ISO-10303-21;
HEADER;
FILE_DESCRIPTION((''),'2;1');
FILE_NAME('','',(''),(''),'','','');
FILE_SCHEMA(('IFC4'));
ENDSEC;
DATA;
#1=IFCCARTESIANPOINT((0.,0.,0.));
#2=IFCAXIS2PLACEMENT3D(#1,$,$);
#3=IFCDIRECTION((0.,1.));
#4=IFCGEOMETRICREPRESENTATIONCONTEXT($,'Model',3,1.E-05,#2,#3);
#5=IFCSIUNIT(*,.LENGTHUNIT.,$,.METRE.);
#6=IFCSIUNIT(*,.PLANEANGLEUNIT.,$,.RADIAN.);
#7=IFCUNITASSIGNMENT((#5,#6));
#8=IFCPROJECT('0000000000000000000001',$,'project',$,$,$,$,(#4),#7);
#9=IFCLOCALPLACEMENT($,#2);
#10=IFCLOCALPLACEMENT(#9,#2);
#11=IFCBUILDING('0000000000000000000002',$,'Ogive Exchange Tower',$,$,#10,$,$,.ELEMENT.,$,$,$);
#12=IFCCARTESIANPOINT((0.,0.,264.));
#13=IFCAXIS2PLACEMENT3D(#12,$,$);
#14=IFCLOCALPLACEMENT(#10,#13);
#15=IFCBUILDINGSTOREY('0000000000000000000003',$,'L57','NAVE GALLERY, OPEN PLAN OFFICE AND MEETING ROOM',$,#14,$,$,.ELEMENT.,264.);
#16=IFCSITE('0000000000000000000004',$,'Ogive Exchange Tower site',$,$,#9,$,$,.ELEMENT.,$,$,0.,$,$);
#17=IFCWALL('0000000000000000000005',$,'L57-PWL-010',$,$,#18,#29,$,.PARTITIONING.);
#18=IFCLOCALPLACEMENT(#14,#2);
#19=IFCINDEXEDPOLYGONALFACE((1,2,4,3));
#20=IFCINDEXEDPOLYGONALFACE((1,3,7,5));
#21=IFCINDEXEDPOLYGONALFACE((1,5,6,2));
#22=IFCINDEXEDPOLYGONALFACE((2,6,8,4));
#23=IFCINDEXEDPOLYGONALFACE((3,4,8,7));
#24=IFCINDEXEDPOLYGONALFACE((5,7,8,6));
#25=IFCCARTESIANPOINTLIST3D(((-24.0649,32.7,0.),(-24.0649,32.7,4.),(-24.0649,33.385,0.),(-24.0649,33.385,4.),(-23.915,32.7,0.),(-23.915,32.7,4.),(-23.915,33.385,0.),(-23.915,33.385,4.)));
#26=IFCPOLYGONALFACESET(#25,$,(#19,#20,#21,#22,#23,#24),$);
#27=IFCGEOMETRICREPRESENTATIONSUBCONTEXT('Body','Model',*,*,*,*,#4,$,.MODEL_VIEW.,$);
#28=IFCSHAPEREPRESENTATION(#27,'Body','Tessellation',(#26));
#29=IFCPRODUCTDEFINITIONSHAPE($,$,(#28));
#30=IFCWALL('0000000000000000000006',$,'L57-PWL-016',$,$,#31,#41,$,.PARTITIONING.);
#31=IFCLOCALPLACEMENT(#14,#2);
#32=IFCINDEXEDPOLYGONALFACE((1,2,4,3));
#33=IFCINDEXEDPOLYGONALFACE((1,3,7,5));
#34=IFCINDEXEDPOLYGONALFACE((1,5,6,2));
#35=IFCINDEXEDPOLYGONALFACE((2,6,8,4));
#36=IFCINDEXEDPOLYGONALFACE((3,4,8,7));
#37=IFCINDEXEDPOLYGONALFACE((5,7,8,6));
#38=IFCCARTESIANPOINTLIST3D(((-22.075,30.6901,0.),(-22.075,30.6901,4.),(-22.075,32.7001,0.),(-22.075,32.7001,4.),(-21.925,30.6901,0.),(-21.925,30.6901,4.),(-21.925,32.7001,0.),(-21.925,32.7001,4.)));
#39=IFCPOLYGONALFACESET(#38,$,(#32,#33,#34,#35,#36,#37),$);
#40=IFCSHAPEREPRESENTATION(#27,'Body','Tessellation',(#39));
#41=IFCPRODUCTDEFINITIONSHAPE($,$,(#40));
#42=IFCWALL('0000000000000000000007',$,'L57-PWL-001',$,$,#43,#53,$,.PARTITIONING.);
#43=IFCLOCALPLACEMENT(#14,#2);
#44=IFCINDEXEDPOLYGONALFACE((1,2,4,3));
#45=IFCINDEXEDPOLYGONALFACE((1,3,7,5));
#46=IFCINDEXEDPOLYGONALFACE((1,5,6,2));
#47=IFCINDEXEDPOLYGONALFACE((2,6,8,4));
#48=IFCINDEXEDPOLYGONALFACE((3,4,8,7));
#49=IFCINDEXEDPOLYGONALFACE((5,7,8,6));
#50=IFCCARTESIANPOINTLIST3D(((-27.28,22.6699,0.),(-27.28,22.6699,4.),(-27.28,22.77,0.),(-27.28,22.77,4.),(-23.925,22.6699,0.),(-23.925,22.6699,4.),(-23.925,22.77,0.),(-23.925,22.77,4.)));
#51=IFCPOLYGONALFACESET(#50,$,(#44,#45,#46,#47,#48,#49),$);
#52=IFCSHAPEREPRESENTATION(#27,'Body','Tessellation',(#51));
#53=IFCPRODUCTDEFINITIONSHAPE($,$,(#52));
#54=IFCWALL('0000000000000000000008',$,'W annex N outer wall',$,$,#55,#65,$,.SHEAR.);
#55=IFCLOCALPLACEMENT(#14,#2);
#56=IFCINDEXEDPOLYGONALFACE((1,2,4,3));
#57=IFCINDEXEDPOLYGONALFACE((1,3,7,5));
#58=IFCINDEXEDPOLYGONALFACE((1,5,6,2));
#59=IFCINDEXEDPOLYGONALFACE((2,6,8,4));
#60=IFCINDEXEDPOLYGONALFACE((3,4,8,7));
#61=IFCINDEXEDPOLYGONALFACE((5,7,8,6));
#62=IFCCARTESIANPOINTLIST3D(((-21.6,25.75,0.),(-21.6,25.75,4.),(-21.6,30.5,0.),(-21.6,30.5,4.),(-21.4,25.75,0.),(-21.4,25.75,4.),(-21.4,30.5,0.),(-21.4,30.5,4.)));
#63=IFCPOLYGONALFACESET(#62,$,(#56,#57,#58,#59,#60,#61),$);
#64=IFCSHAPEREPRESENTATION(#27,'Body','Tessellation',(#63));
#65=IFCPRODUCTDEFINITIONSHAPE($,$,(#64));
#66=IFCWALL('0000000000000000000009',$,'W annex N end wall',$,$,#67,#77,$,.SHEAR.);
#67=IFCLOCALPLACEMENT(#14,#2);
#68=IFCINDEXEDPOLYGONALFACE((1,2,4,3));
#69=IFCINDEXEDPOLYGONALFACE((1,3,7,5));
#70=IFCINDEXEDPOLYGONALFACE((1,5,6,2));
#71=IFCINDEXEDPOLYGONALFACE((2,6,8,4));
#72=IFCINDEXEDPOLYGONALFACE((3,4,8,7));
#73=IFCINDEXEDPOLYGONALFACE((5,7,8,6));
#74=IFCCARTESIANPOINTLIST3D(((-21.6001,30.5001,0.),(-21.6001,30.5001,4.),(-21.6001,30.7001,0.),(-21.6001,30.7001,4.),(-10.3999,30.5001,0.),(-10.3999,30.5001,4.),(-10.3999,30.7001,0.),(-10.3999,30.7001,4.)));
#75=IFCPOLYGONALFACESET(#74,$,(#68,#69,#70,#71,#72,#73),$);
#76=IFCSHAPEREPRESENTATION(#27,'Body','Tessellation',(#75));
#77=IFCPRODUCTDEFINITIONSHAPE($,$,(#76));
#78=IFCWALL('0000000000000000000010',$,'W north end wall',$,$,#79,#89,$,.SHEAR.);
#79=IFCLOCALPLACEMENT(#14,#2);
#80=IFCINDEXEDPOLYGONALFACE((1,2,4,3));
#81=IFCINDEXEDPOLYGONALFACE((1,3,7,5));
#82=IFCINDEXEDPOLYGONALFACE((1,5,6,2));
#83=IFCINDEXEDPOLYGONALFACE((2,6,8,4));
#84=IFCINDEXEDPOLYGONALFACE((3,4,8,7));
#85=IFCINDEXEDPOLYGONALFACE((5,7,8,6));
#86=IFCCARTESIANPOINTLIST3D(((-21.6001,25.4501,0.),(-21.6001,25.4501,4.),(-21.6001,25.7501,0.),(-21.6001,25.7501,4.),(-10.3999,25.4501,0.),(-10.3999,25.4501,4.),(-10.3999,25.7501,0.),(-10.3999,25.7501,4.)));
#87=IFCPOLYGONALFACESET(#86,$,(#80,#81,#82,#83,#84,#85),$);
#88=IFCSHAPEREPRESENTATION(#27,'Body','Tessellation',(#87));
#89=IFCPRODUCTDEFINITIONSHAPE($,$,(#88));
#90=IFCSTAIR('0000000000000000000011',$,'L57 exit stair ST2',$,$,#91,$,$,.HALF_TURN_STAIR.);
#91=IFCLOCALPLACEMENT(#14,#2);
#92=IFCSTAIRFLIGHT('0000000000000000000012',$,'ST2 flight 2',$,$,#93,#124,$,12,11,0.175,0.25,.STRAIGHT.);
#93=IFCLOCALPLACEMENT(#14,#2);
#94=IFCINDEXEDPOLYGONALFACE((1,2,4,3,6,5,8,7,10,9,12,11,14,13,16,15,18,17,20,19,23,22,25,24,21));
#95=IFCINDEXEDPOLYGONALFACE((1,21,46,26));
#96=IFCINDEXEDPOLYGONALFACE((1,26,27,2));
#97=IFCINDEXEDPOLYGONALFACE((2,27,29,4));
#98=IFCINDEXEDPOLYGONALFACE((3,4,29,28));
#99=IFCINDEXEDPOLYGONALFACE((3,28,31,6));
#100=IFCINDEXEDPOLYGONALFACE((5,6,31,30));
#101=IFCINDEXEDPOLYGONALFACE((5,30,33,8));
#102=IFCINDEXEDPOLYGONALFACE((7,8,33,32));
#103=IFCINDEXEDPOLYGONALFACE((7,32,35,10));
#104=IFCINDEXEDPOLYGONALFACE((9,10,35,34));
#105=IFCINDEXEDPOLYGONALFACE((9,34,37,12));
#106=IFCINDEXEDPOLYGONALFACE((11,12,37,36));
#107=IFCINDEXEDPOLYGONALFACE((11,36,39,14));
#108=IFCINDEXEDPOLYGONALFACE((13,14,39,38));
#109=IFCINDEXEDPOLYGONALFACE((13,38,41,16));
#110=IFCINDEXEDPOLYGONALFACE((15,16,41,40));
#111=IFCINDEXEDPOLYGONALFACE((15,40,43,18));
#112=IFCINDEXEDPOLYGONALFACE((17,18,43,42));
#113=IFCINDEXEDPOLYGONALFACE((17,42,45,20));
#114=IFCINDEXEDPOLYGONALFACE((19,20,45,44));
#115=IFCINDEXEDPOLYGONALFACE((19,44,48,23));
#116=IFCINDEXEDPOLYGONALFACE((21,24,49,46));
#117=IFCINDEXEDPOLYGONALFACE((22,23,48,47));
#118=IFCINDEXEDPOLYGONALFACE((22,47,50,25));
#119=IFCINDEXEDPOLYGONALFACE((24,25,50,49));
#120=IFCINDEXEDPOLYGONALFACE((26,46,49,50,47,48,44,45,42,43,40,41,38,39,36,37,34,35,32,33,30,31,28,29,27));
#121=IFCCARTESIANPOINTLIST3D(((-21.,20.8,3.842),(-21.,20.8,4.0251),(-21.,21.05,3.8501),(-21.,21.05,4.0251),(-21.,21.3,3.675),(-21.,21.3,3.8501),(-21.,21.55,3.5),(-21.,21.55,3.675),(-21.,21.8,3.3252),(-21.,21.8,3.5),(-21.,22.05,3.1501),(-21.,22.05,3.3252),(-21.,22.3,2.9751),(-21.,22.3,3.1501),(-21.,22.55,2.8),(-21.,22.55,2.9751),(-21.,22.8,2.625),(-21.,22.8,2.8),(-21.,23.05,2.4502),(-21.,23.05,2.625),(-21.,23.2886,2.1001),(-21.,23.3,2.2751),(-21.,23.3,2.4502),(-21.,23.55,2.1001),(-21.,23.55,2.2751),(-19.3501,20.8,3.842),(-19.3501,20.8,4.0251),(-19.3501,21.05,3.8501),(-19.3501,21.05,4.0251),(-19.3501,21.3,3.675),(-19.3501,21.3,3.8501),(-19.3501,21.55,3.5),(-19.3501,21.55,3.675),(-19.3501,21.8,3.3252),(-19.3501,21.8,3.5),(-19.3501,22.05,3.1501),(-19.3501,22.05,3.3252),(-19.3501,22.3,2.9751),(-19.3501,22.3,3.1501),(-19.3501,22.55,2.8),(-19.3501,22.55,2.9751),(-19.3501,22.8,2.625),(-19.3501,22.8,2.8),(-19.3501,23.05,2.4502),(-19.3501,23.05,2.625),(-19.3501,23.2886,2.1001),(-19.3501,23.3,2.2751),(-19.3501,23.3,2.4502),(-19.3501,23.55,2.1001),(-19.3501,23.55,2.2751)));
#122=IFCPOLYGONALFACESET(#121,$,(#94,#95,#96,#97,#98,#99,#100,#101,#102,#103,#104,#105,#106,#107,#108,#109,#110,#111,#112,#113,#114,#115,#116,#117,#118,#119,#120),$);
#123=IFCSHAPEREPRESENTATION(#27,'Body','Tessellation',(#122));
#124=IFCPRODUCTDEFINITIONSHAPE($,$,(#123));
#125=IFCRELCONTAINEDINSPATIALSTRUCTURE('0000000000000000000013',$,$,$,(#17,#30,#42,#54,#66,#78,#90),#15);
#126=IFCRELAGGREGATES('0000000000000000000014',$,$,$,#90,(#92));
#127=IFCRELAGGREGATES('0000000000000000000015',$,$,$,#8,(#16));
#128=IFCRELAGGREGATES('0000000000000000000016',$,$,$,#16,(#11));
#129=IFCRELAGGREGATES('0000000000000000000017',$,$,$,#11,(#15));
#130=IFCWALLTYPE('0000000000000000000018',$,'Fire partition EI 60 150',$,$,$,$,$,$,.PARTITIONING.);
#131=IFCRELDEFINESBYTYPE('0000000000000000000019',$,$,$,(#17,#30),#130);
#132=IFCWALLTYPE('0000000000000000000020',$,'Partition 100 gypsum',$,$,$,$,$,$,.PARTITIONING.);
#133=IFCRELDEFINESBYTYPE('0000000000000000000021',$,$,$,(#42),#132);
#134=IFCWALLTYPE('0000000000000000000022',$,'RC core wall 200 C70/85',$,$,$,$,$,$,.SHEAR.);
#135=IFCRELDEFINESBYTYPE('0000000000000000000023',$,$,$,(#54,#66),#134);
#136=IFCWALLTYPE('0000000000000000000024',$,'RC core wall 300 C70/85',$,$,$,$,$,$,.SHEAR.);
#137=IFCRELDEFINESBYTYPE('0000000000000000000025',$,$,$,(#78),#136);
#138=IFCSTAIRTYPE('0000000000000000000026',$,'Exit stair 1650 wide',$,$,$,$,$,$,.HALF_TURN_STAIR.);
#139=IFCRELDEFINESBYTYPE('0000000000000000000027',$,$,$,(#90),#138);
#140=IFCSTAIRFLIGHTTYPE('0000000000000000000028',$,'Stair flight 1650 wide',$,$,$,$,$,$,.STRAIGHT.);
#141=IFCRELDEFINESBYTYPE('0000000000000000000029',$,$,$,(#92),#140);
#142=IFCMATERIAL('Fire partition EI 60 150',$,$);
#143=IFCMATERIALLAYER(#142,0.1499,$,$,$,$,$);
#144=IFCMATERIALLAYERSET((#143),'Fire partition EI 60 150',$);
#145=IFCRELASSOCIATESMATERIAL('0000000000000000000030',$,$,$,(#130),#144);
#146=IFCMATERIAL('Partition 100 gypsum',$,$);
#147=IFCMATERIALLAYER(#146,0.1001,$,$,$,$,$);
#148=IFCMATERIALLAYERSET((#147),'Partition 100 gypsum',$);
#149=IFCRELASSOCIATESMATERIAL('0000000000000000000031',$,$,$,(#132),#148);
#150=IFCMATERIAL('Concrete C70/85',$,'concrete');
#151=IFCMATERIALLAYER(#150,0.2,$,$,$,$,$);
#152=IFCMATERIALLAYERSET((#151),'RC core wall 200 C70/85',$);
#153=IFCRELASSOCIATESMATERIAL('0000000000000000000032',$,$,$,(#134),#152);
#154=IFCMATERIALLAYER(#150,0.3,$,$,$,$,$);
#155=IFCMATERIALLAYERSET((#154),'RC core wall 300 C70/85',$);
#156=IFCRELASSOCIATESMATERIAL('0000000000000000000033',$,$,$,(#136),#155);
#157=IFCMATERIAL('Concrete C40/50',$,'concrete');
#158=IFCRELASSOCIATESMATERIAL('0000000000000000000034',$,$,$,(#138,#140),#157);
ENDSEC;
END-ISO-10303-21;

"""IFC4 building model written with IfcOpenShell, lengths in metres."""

from ifc_helpers import new_model, si_unit, direction, frame, frame_2d, origin, place, context, subcontext, project, spatial, polyline, rectangle, outline, extrude, material, layer, layer_set, type_object, element, aggregate, save


model = new_model("IFC4")

# Units and contexts
model_context = context("Model", 3, precision=1e-05, world=origin(), true_north=direction((0.0, 1.0)))
body_context = subcontext(model_context, "Body", "Model", "MODEL_VIEW")
ifc_project = project(units=[si_unit("LENGTHUNIT", "METRE"), si_unit("PLANEANGLEUNIT", "RADIAN")], contexts=[model_context])

# Site, building, storey
site_placement = place(None, origin())
site = spatial("IfcSite", under=ifc_project, at=site_placement, Name="Ogive Exchange Tower site", CompositionType="ELEMENT", RefElevation=0.0)
building_placement = place(site_placement, origin())
building = spatial("IfcBuilding", under=site, at=building_placement, Name="Ogive Exchange Tower", CompositionType="ELEMENT")
storey_placement = place(building_placement, frame((0.0, 0.0, 264.0)))
storey = spatial("IfcBuildingStorey", under=building, at=storey_placement, Name="L57", Description="NAVE GALLERY, OPEN PLAN OFFICE AND MEETING ROOM", CompositionType="ELEMENT", Elevation=264.0)

# Shared definitions
ifc_material_1 = material(Name="Fire partition EI 60 150")
ifc_layer_1 = layer(ifc_material_1, 0.1499)
ifc_layer_set_1 = layer_set([ifc_layer_1], Name="Fire partition EI 60 150")
wall_type_1 = type_object("IfcWallType", Name="Fire partition EI 60 150", PredefinedType="PARTITIONING", material=ifc_layer_set_1)

# Walls
wall_1_placement = place(storey_placement, frame((-23.99, 32.7, 0.0), z_axis=(0.0, 0.0, 1.0), x_axis=(0.0, 1.0, 0.0)))
element("IfcWall", 1, at=wall_1_placement, inside=storey, type_object=wall_type_1, Name="L57-PWL-010", PredefinedType="PARTITIONING", context=body_context, shape_type="SweptSolid", body=[
    extrude(rectangle(XDim=0.6851, YDim=0.1499, at=frame_2d((0.3425, 0.0))), origin(), (0.0, 0.0, 1.0), 4.0),
])
wall_2_placement = place(storey_placement, frame((-22.0, 32.7, 0.0), z_axis=(0.0, 0.0, 1.0), x_axis=(0.0, -1.0, 0.0)))
element("IfcWall", 2, at=wall_2_placement, inside=storey, type_object=wall_type_1, Name="L57-PWL-016", PredefinedType="PARTITIONING", context=body_context, shape_type="SweptSolid", body=[
    extrude(rectangle(XDim=2.01, YDim=0.1499, at=frame_2d((1.0049, 0.0))), origin(), (0.0, 0.0, 1.0), 4.0),
])
ifc_material_2 = material(Name="Partition 100 gypsum")
ifc_layer_2 = layer(ifc_material_2, 0.1001)
ifc_layer_set_2 = layer_set([ifc_layer_2], Name="Partition 100 gypsum")
wall_type_2 = type_object("IfcWallType", Name="Partition 100 gypsum", PredefinedType="PARTITIONING", material=ifc_layer_set_2)
wall_3_placement = place(storey_placement, frame((-27.28, 22.72, 0.0), z_axis=(0.0, 0.0, 1.0), x_axis=(1.0, 0.0, 0.0)))
element("IfcWall", 3, at=wall_3_placement, inside=storey, type_object=wall_type_2, Name="L57-PWL-001", PredefinedType="PARTITIONING", context=body_context, shape_type="SweptSolid", body=[
    extrude(rectangle(XDim=3.355, YDim=0.1001, at=frame_2d((1.6775, 0.0))), origin(), (0.0, 0.0, 1.0), 4.0),
])
ifc_material_3 = material(Name="Concrete C70/85", Category="concrete")
ifc_layer_3 = layer(ifc_material_3, 0.2)
ifc_layer_set_3 = layer_set([ifc_layer_3], Name="RC core wall 200 C70/85")
wall_type_3 = type_object("IfcWallType", Name="RC core wall 200 C70/85", PredefinedType="SHEAR", material=ifc_layer_set_3)
wall_4_placement = place(storey_placement, frame((-21.5, 25.75, 0.0), z_axis=(0.0, 0.0, 1.0), x_axis=(0.0, 1.0, 0.0)))
element("IfcWall", 4, at=wall_4_placement, inside=storey, type_object=wall_type_3, Name="W annex N outer wall", PredefinedType="SHEAR", context=body_context, shape_type="SweptSolid", body=[
    extrude(rectangle(XDim=4.75, YDim=0.2, at=frame_2d((2.375, 0.0))), origin(), (0.0, 0.0, 1.0), 4.0),
])
wall_5_placement = place(storey_placement, frame((-21.6001, 30.6001, 0.0), z_axis=(0.0, 0.0, 1.0), x_axis=(1.0, 0.0, 0.0)))
element("IfcWall", 5, at=wall_5_placement, inside=storey, type_object=wall_type_3, Name="W annex N end wall", PredefinedType="SHEAR", context=body_context, shape_type="SweptSolid", body=[
    extrude(rectangle(XDim=11.2002, YDim=0.2, at=frame_2d((5.6001, 0.0))), origin(), (0.0, 0.0, 1.0), 4.0),
])
ifc_layer_4 = layer(ifc_material_3, 0.3)
ifc_layer_set_4 = layer_set([ifc_layer_4], Name="RC core wall 300 C70/85")
wall_type_4 = type_object("IfcWallType", Name="RC core wall 300 C70/85", PredefinedType="SHEAR", material=ifc_layer_set_4)
wall_6_placement = place(storey_placement, frame((-21.6001, 25.6001, 0.0), z_axis=(0.0, 0.0, 1.0), x_axis=(1.0, 0.0, 0.0)))
element("IfcWall", 6, at=wall_6_placement, inside=storey, type_object=wall_type_4, Name="W north end wall", PredefinedType="SHEAR", context=body_context, shape_type="SweptSolid", body=[
    extrude(rectangle(XDim=11.2002, YDim=0.3, at=frame_2d((5.6001, 0.0))), origin(), (0.0, 0.0, 1.0), 4.0),
])

# Stair, stair flight
ifc_material_4 = material(Name="Concrete C40/50", Category="concrete")
stair_type = type_object("IfcStairType", Name="Exit stair 1650 wide", PredefinedType="HALF_TURN_STAIR", material=ifc_material_4)
stair_placement = place(storey_placement, origin())
stair = element("IfcStair", 7, at=stair_placement, inside=storey, type_object=stair_type, Name="L57 exit stair ST2", PredefinedType="HALF_TURN_STAIR")
stair_flight_type = type_object("IfcStairFlightType", Name="Stair flight 1650 wide", PredefinedType="STRAIGHT", material=ifc_material_4)
stair_flight_placement = place(storey_placement, frame((-20.175, 23.55, 2.1001), z_axis=(0.0, 0.0, 1.0), x_axis=(0.0, -1.0, 0.0)))
stair_flight = element("IfcStairFlight", 8, at=stair_flight_placement, type_object=stair_flight_type, Name="ST2 flight 2", NumberOfRisers=12, NumberOfTreads=11, PredefinedType="STRAIGHT", RiserHeight=0.175, TreadLength=0.25, context=body_context, shape_type="SweptSolid", body=[
    extrude(outline(polyline([(0.0, 0.0), (0.0, 0.175), (0.25, 0.175), (0.25, 0.3501), (0.5, 0.3501), (0.5, 0.5249), (0.75, 0.5249), (0.75, 0.7), (1.0, 0.7), (1.0, 0.875), (1.25, 0.875), (1.25, 1.05), (1.5, 1.05), (1.5, 1.2251), (1.75, 1.2251), (1.75, 1.3999), (2.0, 1.3999), (2.0, 1.575), (2.25, 1.575), (2.25, 1.75), (2.5, 1.75), (2.5, 1.925), (2.75, 1.925), (2.75, 2.1001), (2.75, 1.7419), (0.2615, 0.0), (0.0, 0.0)])), frame((0.0, 0.825, 0.0), z_axis=(0.0, -1.0, 0.0), x_axis=(1.0, 0.0, 0.0)), (0.0, 0.0, 1.0), 1.6499),
])
aggregate(stair, [stair_flight])

save(model, "model.ifc")
